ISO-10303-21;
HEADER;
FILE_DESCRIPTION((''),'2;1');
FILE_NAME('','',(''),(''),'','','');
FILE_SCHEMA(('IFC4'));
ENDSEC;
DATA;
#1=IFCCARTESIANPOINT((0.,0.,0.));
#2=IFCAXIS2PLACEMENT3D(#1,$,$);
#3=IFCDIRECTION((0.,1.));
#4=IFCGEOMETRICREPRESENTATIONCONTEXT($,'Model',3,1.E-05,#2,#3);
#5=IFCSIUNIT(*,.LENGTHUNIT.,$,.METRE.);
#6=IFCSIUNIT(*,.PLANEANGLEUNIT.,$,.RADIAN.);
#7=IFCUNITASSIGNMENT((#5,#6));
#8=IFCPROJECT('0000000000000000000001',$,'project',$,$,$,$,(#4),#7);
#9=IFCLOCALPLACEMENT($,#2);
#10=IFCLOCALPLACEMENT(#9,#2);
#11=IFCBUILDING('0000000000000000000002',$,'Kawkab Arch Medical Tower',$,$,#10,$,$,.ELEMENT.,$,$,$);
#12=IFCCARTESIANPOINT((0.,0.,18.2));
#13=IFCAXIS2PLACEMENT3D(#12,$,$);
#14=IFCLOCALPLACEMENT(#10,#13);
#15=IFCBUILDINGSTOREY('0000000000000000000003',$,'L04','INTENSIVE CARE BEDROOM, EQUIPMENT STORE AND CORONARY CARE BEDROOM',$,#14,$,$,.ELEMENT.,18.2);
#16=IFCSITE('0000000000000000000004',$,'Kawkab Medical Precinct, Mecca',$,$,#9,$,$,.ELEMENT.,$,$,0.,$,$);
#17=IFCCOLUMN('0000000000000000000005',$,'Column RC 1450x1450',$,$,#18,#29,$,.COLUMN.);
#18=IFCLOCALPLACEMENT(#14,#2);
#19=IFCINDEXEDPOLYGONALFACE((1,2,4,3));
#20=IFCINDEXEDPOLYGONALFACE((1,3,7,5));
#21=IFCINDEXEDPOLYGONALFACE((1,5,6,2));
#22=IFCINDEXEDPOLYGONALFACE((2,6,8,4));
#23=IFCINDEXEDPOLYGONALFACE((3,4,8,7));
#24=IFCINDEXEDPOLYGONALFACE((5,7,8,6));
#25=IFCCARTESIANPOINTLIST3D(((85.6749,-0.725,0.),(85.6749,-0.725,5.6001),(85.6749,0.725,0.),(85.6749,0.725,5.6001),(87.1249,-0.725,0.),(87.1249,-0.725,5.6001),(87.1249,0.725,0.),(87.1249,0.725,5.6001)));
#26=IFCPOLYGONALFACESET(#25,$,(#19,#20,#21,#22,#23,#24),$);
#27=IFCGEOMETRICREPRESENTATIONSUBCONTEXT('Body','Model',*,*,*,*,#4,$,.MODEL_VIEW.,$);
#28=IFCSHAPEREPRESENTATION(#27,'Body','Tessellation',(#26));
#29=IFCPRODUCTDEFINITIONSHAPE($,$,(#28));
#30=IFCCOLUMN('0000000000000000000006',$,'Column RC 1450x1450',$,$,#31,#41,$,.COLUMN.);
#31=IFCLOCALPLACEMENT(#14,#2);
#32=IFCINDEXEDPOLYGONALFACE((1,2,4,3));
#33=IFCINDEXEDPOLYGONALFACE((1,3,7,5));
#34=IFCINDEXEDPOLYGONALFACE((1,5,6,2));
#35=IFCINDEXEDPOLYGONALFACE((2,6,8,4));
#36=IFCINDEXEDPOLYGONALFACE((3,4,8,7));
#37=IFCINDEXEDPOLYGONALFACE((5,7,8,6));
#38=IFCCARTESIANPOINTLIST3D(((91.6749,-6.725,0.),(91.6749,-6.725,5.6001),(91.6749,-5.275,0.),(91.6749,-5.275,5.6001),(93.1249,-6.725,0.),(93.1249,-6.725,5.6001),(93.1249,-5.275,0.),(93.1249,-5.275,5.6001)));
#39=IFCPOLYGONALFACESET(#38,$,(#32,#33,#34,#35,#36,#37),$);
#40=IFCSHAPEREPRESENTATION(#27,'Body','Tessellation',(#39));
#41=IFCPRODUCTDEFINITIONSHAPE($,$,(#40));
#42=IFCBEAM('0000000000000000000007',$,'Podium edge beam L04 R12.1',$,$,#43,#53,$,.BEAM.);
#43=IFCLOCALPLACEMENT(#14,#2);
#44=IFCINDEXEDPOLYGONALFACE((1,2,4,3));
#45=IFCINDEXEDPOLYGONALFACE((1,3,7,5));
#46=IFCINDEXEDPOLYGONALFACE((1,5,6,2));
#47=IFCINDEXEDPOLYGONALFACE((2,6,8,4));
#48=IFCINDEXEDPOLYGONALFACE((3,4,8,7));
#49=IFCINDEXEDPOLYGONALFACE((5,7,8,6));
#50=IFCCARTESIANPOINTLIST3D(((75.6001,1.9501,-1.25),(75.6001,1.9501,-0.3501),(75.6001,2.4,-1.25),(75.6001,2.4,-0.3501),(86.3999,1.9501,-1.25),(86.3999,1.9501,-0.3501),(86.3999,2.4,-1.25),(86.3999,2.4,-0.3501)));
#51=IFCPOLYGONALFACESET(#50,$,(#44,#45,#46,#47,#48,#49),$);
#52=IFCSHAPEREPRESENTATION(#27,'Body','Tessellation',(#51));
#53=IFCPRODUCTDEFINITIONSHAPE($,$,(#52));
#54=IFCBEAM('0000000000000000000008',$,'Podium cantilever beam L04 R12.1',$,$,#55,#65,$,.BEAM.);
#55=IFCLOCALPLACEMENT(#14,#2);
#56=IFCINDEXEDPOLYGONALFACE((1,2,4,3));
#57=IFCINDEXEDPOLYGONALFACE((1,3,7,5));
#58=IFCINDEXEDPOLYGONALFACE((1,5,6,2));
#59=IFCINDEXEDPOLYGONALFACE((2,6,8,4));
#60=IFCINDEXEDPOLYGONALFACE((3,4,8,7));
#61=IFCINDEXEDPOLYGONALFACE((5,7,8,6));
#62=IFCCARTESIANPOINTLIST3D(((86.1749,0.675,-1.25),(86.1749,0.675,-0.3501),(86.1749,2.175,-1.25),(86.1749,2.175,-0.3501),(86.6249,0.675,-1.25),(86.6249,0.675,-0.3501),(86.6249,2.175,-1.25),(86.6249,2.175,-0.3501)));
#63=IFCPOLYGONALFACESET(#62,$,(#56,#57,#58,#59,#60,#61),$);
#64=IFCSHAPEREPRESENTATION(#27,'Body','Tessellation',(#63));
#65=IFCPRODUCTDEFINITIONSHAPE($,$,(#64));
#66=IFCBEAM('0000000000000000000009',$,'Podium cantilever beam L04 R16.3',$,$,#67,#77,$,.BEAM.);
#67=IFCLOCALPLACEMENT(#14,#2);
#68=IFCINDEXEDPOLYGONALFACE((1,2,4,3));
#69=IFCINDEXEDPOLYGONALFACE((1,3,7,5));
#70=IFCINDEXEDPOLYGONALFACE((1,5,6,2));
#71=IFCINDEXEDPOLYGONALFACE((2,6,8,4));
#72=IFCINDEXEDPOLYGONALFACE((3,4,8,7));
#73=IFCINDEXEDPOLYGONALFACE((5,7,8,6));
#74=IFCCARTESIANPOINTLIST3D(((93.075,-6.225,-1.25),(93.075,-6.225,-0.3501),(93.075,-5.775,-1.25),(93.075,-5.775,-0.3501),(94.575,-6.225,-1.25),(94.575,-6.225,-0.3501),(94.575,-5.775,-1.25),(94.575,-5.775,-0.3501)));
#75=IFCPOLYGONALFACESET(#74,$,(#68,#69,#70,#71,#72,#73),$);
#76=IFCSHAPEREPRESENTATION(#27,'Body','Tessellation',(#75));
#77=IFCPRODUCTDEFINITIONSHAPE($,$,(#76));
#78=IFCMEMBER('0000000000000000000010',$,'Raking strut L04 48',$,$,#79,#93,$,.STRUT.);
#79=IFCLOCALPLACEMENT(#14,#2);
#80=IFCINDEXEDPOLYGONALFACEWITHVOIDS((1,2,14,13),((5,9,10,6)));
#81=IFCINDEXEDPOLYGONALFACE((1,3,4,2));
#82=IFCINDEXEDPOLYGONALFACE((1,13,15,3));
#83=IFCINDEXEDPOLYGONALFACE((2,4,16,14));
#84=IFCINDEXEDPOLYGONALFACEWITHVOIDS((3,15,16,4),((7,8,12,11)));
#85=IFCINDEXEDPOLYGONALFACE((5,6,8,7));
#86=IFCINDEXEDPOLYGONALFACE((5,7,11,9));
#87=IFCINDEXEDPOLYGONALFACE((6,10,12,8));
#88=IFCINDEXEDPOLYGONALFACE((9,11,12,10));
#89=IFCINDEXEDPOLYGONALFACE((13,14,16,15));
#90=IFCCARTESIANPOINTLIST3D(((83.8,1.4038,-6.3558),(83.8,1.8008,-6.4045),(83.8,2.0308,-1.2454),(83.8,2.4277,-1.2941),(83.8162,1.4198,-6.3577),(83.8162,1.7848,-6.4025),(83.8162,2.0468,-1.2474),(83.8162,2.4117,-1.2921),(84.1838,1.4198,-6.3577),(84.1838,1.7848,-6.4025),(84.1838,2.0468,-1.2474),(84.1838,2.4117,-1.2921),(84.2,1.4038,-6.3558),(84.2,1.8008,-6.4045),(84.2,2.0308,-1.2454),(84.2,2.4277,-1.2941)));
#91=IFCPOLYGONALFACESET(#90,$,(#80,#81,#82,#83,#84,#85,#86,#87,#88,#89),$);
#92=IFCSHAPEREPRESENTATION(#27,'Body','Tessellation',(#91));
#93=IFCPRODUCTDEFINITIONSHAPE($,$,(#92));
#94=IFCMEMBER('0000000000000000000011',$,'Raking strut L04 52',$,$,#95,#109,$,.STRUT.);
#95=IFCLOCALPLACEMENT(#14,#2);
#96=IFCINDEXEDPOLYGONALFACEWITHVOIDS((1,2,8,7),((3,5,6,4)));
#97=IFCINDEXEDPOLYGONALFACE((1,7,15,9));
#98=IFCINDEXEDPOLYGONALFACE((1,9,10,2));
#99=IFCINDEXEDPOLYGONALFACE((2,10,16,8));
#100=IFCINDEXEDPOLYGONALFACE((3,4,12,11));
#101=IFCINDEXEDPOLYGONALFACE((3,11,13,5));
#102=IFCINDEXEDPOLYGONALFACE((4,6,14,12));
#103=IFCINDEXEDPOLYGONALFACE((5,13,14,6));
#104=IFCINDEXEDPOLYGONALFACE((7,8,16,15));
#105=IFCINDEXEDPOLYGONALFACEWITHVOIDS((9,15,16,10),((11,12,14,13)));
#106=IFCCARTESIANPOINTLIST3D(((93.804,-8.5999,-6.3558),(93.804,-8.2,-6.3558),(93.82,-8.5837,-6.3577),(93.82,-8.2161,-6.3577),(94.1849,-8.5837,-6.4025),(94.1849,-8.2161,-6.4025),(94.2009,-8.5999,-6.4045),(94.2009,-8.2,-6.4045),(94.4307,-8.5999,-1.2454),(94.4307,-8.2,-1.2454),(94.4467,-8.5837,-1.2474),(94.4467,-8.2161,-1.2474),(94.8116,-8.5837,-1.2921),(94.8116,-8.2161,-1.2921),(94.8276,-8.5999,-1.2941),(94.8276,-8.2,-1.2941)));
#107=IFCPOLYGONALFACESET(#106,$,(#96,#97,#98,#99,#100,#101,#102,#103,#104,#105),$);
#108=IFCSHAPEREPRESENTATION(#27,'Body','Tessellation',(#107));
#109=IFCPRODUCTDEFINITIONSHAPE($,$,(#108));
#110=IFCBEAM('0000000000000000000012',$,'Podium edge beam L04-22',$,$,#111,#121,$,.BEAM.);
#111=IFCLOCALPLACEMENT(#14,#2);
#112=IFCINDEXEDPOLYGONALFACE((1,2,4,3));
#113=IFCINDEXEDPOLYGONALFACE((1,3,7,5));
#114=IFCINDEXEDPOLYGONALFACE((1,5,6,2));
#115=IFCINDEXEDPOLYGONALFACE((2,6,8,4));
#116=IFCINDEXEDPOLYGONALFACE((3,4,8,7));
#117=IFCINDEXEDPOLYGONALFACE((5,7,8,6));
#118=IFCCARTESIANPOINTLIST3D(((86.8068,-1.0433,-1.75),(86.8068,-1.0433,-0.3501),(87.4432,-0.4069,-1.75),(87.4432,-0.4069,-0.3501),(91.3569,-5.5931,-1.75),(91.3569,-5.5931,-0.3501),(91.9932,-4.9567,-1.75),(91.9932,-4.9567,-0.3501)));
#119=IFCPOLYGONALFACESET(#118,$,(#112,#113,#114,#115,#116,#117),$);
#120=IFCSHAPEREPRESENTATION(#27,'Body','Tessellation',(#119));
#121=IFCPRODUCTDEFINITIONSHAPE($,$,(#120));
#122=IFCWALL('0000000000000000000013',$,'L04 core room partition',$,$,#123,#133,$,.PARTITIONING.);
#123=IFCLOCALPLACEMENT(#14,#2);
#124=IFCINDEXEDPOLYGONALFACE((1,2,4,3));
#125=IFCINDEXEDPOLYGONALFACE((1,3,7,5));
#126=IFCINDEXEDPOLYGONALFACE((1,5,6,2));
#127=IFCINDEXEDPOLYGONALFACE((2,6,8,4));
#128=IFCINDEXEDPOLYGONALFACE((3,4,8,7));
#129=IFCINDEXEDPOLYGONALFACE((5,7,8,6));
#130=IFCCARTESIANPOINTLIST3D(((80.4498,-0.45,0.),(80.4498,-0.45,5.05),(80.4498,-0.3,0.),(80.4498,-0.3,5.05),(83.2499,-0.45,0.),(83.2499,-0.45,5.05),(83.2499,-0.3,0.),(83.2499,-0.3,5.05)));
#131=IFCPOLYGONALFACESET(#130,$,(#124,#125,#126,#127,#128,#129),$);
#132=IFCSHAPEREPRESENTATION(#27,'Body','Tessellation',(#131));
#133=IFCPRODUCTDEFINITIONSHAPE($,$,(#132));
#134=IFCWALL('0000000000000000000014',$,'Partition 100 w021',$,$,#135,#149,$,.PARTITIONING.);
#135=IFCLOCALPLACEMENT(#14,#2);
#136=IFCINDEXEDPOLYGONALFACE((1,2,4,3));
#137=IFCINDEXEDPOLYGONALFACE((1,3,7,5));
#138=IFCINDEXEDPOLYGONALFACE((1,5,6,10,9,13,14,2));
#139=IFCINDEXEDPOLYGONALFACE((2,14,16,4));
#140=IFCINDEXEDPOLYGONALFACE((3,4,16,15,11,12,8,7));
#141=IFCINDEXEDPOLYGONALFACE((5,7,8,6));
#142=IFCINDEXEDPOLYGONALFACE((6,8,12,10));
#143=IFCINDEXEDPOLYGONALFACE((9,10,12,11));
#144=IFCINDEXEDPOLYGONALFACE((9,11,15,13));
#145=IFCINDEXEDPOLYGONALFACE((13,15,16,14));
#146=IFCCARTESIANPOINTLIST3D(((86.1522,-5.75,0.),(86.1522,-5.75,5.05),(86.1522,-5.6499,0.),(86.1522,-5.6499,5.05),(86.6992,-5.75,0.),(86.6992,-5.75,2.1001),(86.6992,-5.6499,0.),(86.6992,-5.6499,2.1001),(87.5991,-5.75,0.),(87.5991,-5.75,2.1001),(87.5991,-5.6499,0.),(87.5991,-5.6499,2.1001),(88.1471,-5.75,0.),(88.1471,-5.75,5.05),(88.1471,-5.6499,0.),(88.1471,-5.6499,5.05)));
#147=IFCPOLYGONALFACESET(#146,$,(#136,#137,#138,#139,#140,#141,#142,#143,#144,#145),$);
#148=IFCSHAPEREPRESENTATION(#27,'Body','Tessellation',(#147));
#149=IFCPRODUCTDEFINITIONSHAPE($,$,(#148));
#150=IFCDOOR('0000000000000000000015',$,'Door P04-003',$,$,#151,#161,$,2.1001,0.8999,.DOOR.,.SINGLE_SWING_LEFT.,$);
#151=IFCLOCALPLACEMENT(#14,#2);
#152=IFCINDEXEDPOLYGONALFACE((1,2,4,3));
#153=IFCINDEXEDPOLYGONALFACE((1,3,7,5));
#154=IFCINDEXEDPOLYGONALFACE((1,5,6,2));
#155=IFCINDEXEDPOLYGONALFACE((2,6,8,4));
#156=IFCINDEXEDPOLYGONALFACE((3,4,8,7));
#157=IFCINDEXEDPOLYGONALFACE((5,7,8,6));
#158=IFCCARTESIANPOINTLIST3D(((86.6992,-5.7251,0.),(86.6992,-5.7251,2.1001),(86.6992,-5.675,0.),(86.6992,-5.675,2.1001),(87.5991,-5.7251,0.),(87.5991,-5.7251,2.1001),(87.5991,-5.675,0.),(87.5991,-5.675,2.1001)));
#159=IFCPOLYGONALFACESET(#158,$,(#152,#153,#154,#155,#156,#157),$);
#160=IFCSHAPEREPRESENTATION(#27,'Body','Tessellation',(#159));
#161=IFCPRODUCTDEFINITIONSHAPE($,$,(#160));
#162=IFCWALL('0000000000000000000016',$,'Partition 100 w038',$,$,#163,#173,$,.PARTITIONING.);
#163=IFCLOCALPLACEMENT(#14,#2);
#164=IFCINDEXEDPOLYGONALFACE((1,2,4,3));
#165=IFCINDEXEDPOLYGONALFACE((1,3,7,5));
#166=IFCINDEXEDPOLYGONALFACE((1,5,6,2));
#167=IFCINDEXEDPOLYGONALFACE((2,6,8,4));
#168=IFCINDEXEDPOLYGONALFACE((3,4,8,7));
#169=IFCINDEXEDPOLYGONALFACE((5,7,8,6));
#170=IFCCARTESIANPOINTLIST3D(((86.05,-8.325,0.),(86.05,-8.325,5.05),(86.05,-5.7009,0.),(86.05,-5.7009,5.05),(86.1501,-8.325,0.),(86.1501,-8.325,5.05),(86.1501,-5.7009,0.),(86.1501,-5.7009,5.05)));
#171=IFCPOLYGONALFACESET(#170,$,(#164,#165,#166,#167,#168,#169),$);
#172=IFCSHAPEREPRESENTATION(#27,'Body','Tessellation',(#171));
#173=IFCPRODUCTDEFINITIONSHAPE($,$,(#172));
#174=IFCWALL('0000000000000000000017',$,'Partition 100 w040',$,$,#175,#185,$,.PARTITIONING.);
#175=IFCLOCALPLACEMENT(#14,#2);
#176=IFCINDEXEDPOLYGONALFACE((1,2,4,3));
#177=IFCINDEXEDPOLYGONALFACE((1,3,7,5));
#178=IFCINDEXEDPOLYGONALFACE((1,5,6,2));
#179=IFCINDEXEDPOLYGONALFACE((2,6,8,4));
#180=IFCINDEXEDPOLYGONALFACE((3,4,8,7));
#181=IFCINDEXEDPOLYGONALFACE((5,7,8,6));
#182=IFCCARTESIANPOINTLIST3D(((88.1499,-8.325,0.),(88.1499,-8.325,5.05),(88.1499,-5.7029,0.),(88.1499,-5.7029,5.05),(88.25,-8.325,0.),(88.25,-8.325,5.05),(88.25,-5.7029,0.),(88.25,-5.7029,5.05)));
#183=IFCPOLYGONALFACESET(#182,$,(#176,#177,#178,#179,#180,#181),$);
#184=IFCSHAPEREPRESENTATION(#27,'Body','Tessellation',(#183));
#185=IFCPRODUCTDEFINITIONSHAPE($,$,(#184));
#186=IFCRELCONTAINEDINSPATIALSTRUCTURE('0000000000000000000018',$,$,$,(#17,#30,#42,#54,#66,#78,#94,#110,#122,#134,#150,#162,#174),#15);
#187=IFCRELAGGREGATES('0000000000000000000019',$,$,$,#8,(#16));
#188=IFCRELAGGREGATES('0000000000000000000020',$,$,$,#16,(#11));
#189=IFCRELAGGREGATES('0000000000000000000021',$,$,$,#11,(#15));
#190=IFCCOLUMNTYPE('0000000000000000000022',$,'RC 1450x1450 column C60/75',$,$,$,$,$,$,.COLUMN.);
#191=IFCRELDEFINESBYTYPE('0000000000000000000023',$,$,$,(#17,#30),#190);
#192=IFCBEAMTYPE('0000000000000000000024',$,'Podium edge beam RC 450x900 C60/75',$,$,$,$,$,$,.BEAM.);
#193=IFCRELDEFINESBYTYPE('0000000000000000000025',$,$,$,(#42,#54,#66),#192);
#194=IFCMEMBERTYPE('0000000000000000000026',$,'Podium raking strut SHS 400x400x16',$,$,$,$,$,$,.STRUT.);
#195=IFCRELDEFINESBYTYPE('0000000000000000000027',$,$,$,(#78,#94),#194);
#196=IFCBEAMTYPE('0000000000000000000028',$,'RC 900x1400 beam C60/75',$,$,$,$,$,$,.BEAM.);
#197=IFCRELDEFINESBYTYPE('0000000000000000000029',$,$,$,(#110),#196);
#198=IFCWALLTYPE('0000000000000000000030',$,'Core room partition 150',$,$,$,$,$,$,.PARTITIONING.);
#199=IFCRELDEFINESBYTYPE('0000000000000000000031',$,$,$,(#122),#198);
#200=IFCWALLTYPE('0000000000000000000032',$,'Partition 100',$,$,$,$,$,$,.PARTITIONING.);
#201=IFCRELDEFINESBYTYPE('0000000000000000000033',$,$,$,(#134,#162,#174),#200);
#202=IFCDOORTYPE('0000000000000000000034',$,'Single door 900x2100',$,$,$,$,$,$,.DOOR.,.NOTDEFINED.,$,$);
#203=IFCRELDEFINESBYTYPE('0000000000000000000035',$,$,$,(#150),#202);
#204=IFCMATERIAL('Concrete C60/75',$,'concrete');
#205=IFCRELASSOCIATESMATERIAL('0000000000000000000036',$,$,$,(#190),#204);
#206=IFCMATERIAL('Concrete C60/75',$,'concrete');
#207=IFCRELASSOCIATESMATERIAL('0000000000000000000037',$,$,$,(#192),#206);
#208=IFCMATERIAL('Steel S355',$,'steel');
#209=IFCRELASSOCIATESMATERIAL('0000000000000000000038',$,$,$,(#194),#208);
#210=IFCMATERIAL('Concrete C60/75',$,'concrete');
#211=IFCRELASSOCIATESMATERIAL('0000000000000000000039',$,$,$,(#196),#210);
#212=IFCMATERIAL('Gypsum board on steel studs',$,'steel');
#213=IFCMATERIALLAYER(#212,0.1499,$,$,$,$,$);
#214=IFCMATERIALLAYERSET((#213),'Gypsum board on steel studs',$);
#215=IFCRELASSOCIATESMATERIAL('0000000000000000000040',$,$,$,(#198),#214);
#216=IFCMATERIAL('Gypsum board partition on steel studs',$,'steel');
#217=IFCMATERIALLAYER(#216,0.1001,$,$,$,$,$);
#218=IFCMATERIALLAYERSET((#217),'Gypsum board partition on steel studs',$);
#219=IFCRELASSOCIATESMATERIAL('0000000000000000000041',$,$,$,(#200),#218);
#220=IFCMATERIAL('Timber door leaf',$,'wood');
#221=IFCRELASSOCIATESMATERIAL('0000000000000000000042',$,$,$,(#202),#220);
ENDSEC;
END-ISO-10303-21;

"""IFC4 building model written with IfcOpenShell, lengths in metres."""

from ifc_helpers import new_model, si_unit, direction, frame, frame_2d, origin, origin_2d, place, context, subcontext, project, spatial, rectangle, hollow_rectangle, extrude, material, layer, layer_set, material_profile, profile_set, type_object, element, fill, save


model = new_model("IFC4")

# Units and contexts
model_context = context("Model", 3, precision=1e-05, world=origin(), true_north=direction((0.0, 1.0)))
body_context = subcontext(model_context, "Body", "Model", "MODEL_VIEW")
ifc_project = project(units=[si_unit("LENGTHUNIT", "METRE"), si_unit("PLANEANGLEUNIT", "RADIAN")], contexts=[model_context])

# Site, building, storey
site_placement = place(None, origin())
site = spatial("IfcSite", under=ifc_project, at=site_placement, Name="Kawkab Medical Precinct, Mecca", CompositionType="ELEMENT", RefElevation=0.0)
building_placement = place(site_placement, origin())
building = spatial("IfcBuilding", under=site, at=building_placement, Name="Kawkab Arch Medical Tower", CompositionType="ELEMENT")
storey_placement = place(building_placement, frame((0.0, 0.0, 18.2)))
storey = spatial("IfcBuildingStorey", under=building, at=storey_placement, Name="L04", Description="INTENSIVE CARE BEDROOM, EQUIPMENT STORE AND CORONARY CARE BEDROOM", CompositionType="ELEMENT", Elevation=18.2)

# Columns
ifc_material_1 = material(Name="Concrete C60/75", Category="concrete")
ifc_material_profile_1 = material_profile(ifc_material_1, rectangle(XDim=1.45, YDim=1.45, at=origin_2d()), Name="RC 1450x1450")
ifc_profile_set_1 = profile_set([ifc_material_profile_1], Name="Concrete C60/75")
column_type = type_object("IfcColumnType", Name="RC 1450x1450 column C60/75", PredefinedType="COLUMN", material=ifc_profile_set_1)
for number, where, z_axis, x_axis, name in (
    (1, (86.3999, 0.0, 0.0), (0.0, 0.0, 1.0), (1.0, 0.0, 0.0), "Column RC 1450x1450"),
    (2, (92.3999, -6.0, 0.0), (0.0, 0.0, 1.0), (1.0, 0.0, 0.0), "Column RC 1450x1450"),
):
    element("IfcColumn", number, at=place(storey_placement, frame(where, z_axis=z_axis, x_axis=x_axis)), inside=storey, type_object=column_type, Name=name, PredefinedType="COLUMN", context=body_context, shape_type="SweptSolid", body=[
        extrude(rectangle(XDim=1.45, YDim=1.45, at=origin_2d()), origin(), (0.0, 0.0, 1.0), 5.6001),
    ])

# Beams
ifc_material_2 = material(Name="Concrete C60/75", Category="concrete")
ifc_material_profile_2 = material_profile(ifc_material_2, rectangle(XDim=0.45, YDim=0.8999, at=origin_2d()), Name="RC 450x900")
ifc_profile_set_2 = profile_set([ifc_material_profile_2], Name="Concrete C60/75")
beam_type_1 = type_object("IfcBeamType", Name="Podium edge beam RC 450x900 C60/75", PredefinedType="BEAM", material=ifc_profile_set_2)
beam_1_placement = place(storey_placement, frame((86.3999, 2.175, -0.8), z_axis=(-1.0, 0.0, 0.0), x_axis=(0.0, -1.0, 0.0)))
element("IfcBeam", 3, at=beam_1_placement, inside=storey, type_object=beam_type_1, Name="Podium edge beam L04 R12.1", PredefinedType="BEAM", context=body_context, shape_type="SweptSolid", body=[
    extrude(rectangle(XDim=0.45, YDim=0.8999, at=origin_2d()), origin(), (0.0, 0.0, 1.0), 10.7998),
])
for number, where, z_axis, x_axis, name in (
    (4, (86.3999, 0.675, -0.8), (0.0, 1.0, 0.0), (-1.0, 0.0, 0.0), "Podium cantilever beam L04 R12.1"),
    (5, (93.075, -6.0, -0.8), (1.0, 0.0, 0.0), (0.0, 1.0, 0.0), "Podium cantilever beam L04 R16.3"),
):
    element("IfcBeam", number, at=place(storey_placement, frame(where, z_axis=z_axis, x_axis=x_axis)), inside=storey, type_object=beam_type_1, Name=name, PredefinedType="BEAM", context=body_context, shape_type="SweptSolid", body=[
        extrude(rectangle(XDim=0.45, YDim=0.8999, at=origin_2d()), origin(), (0.0, 0.0, 1.0), 1.5),
    ])

# Members
ifc_material_3 = material(Name="Steel S355", Category="steel")
ifc_material_profile_3 = material_profile(ifc_material_3, hollow_rectangle(XDim=0.3999, YDim=0.3999, WallThickness=0.0161, at=origin_2d()), Name="SHS 400x400x16")
ifc_profile_set_3 = profile_set([ifc_material_profile_3], Name="Steel S355")
member_type = type_object("IfcMemberType", Name="Podium raking strut SHS 400x400x16", PredefinedType="STRUT", material=ifc_profile_set_3)
for number, where, z_axis, x_axis, name in (
    (6, (84.0, 1.6023, -6.3801), (0.0, 0.12177, 0.992558), (-1.0, 0.0, 0.0), "Raking strut L04 48"),
    (7, (94.0024, -8.3999, -6.3801), (0.121723, 0.0, 0.992564), (0.0, 1.0, 0.0), "Raking strut L04 52"),
):
    element("IfcMember", number, at=place(storey_placement, frame(where, z_axis=z_axis, x_axis=x_axis)), inside=storey, type_object=member_type, Name=name, PredefinedType="STRUT", context=body_context, shape_type="SweptSolid", body=[
        extrude(hollow_rectangle(XDim=0.3999, YDim=0.3999, WallThickness=0.0161, at=origin_2d()), origin(), (0.0, 0.0, 1.0), 5.1487),
    ])

# Beam
ifc_material_4 = material(Name="Concrete C60/75", Category="concrete")
ifc_material_profile_4 = material_profile(ifc_material_4, rectangle(XDim=0.8999, YDim=1.3999, at=origin_2d()), Name="RC 900x1400")
ifc_profile_set_4 = profile_set([ifc_material_profile_4], Name="Concrete C60/75")
beam_type_2 = type_object("IfcBeamType", Name="RC 900x1400 beam C60/75", PredefinedType="BEAM", material=ifc_profile_set_4)
beam_2_placement = place(storey_placement, frame((91.675, -5.2749, -1.05), z_axis=(-0.707126, 0.707088, 0.0), x_axis=(-0.707088, -0.707126, 0.0)))
element("IfcBeam", 8, at=beam_2_placement, inside=storey, type_object=beam_type_2, Name="Podium edge beam L04-22", PredefinedType="BEAM", context=body_context, shape_type="SweptSolid", body=[
    extrude(rectangle(XDim=0.8999, YDim=1.3999, at=origin_2d()), origin(), (0.0, 0.0, 1.0), 6.4346),
])

# Wall
ifc_material_5 = material(Name="Gypsum board on steel studs", Category="steel")
ifc_layer_1 = layer(ifc_material_5, 0.1499)
ifc_layer_set_1 = layer_set([ifc_layer_1], Name="Gypsum board on steel studs")
wall_type_1 = type_object("IfcWallType", Name="Core room partition 150", PredefinedType="PARTITIONING", material=ifc_layer_set_1)
wall_1_placement = place(storey_placement, frame((80.45, -0.375, 0.0), z_axis=(0.0, 0.0, 1.0), x_axis=(1.0, 0.0, 0.0)))
element("IfcWall", 9, at=wall_1_placement, inside=storey, type_object=wall_type_1, Name="L04 core room partition", PredefinedType="PARTITIONING", context=body_context, shape_type="SweptSolid", body=[
    extrude(rectangle(XDim=2.8, YDim=0.1499, at=frame_2d((1.3999, 0.0))), origin(), (0.0, 0.0, 1.0), 5.05),
])

# Wall, opening, door
ifc_material_6 = material(Name="Gypsum board partition on steel studs", Category="steel")
ifc_layer_2 = layer(ifc_material_6, 0.1001)
ifc_layer_set_2 = layer_set([ifc_layer_2], Name="Gypsum board partition on steel studs")
wall_type_2 = type_object("IfcWallType", Name="Partition 100", PredefinedType="PARTITIONING", material=ifc_layer_set_2)
wall_2_placement = place(storey_placement, frame((86.1521, -5.7, 0.0), z_axis=(0.0, 0.0, 1.0), x_axis=(1.0, 0.0, 0.0)))
wall_2 = element("IfcWall", 10, at=wall_2_placement, inside=storey, type_object=wall_type_2, Name="Partition 100 w021", PredefinedType="PARTITIONING", context=body_context, shape_type="SweptSolid", body=[
    extrude(rectangle(XDim=1.9949, YDim=0.1001, at=frame_2d((0.9976, 0.0))), origin(), (0.0, 0.0, 1.0), 5.05),
])
opening_1_placement = place(wall_2_placement, frame((0.5471, 0.0, 0.0)))
opening_1 = element("IfcOpeningElement", 11, at=opening_1_placement, cuts=wall_2, PredefinedType="OPENING", context=body_context, shape_type="SweptSolid", body=[
    extrude(rectangle(XDim=0.8999, YDim=2.1001, at=frame_2d((0.45, 1.05))), frame((0.0, 0.0601, 0.0), z_axis=(0.0, -1.0, 0.0), x_axis=(1.0, 0.0, 0.0)), (0.0, 0.0, 1.0), 0.1201),
])
ifc_material_7 = material(Name="Timber door leaf", Category="wood")
door_type = type_object("IfcDoorType", Name="Single door 900x2100", OperationType="NOTDEFINED", PredefinedType="DOOR", material=ifc_material_7)
door_placement = place(opening_1_placement, origin())
door = element("IfcDoor", 12, at=door_placement, inside=storey, type_object=door_type, Name="Door P04-003", OperationType="SINGLE_SWING_LEFT", OverallHeight=2.1001, OverallWidth=0.8999, PredefinedType="DOOR", context=body_context, shape_type="SweptSolid", body=[
    extrude(rectangle(XDim=0.8999, YDim=2.1001, at=frame_2d((0.45, 1.05))), frame((0.0, 0.0249, 0.0), z_axis=(0.0, -1.0, 0.0), x_axis=(1.0, 0.0, 0.0)), (0.0, 0.0, 1.0), 0.05),
])
fill(opening_1, door)

# Walls
wall_3_placement = place(storey_placement, frame((86.1001, -8.325, 0.0), z_axis=(0.0, 0.0, 1.0), x_axis=(0.0, 1.0, 0.0)))
element("IfcWall", 13, at=wall_3_placement, inside=storey, type_object=wall_type_2, Name="Partition 100 w038", PredefinedType="PARTITIONING", context=body_context, shape_type="SweptSolid", body=[
    extrude(rectangle(XDim=2.624, YDim=0.1001, at=frame_2d((1.312, 0.0))), origin(), (0.0, 0.0, 1.0), 5.05),
])
wall_4_placement = place(storey_placement, frame((88.2, -8.325, 0.0), z_axis=(0.0, 0.0, 1.0), x_axis=(0.0, 1.0, 0.0)))
element("IfcWall", 14, at=wall_4_placement, inside=storey, type_object=wall_type_2, Name="Partition 100 w040", PredefinedType="PARTITIONING", context=body_context, shape_type="SweptSolid", body=[
    extrude(rectangle(XDim=2.6221, YDim=0.1001, at=frame_2d((1.311, 0.0))), origin(), (0.0, 0.0, 1.0), 5.05),
])

save(model, "model.ifc")
